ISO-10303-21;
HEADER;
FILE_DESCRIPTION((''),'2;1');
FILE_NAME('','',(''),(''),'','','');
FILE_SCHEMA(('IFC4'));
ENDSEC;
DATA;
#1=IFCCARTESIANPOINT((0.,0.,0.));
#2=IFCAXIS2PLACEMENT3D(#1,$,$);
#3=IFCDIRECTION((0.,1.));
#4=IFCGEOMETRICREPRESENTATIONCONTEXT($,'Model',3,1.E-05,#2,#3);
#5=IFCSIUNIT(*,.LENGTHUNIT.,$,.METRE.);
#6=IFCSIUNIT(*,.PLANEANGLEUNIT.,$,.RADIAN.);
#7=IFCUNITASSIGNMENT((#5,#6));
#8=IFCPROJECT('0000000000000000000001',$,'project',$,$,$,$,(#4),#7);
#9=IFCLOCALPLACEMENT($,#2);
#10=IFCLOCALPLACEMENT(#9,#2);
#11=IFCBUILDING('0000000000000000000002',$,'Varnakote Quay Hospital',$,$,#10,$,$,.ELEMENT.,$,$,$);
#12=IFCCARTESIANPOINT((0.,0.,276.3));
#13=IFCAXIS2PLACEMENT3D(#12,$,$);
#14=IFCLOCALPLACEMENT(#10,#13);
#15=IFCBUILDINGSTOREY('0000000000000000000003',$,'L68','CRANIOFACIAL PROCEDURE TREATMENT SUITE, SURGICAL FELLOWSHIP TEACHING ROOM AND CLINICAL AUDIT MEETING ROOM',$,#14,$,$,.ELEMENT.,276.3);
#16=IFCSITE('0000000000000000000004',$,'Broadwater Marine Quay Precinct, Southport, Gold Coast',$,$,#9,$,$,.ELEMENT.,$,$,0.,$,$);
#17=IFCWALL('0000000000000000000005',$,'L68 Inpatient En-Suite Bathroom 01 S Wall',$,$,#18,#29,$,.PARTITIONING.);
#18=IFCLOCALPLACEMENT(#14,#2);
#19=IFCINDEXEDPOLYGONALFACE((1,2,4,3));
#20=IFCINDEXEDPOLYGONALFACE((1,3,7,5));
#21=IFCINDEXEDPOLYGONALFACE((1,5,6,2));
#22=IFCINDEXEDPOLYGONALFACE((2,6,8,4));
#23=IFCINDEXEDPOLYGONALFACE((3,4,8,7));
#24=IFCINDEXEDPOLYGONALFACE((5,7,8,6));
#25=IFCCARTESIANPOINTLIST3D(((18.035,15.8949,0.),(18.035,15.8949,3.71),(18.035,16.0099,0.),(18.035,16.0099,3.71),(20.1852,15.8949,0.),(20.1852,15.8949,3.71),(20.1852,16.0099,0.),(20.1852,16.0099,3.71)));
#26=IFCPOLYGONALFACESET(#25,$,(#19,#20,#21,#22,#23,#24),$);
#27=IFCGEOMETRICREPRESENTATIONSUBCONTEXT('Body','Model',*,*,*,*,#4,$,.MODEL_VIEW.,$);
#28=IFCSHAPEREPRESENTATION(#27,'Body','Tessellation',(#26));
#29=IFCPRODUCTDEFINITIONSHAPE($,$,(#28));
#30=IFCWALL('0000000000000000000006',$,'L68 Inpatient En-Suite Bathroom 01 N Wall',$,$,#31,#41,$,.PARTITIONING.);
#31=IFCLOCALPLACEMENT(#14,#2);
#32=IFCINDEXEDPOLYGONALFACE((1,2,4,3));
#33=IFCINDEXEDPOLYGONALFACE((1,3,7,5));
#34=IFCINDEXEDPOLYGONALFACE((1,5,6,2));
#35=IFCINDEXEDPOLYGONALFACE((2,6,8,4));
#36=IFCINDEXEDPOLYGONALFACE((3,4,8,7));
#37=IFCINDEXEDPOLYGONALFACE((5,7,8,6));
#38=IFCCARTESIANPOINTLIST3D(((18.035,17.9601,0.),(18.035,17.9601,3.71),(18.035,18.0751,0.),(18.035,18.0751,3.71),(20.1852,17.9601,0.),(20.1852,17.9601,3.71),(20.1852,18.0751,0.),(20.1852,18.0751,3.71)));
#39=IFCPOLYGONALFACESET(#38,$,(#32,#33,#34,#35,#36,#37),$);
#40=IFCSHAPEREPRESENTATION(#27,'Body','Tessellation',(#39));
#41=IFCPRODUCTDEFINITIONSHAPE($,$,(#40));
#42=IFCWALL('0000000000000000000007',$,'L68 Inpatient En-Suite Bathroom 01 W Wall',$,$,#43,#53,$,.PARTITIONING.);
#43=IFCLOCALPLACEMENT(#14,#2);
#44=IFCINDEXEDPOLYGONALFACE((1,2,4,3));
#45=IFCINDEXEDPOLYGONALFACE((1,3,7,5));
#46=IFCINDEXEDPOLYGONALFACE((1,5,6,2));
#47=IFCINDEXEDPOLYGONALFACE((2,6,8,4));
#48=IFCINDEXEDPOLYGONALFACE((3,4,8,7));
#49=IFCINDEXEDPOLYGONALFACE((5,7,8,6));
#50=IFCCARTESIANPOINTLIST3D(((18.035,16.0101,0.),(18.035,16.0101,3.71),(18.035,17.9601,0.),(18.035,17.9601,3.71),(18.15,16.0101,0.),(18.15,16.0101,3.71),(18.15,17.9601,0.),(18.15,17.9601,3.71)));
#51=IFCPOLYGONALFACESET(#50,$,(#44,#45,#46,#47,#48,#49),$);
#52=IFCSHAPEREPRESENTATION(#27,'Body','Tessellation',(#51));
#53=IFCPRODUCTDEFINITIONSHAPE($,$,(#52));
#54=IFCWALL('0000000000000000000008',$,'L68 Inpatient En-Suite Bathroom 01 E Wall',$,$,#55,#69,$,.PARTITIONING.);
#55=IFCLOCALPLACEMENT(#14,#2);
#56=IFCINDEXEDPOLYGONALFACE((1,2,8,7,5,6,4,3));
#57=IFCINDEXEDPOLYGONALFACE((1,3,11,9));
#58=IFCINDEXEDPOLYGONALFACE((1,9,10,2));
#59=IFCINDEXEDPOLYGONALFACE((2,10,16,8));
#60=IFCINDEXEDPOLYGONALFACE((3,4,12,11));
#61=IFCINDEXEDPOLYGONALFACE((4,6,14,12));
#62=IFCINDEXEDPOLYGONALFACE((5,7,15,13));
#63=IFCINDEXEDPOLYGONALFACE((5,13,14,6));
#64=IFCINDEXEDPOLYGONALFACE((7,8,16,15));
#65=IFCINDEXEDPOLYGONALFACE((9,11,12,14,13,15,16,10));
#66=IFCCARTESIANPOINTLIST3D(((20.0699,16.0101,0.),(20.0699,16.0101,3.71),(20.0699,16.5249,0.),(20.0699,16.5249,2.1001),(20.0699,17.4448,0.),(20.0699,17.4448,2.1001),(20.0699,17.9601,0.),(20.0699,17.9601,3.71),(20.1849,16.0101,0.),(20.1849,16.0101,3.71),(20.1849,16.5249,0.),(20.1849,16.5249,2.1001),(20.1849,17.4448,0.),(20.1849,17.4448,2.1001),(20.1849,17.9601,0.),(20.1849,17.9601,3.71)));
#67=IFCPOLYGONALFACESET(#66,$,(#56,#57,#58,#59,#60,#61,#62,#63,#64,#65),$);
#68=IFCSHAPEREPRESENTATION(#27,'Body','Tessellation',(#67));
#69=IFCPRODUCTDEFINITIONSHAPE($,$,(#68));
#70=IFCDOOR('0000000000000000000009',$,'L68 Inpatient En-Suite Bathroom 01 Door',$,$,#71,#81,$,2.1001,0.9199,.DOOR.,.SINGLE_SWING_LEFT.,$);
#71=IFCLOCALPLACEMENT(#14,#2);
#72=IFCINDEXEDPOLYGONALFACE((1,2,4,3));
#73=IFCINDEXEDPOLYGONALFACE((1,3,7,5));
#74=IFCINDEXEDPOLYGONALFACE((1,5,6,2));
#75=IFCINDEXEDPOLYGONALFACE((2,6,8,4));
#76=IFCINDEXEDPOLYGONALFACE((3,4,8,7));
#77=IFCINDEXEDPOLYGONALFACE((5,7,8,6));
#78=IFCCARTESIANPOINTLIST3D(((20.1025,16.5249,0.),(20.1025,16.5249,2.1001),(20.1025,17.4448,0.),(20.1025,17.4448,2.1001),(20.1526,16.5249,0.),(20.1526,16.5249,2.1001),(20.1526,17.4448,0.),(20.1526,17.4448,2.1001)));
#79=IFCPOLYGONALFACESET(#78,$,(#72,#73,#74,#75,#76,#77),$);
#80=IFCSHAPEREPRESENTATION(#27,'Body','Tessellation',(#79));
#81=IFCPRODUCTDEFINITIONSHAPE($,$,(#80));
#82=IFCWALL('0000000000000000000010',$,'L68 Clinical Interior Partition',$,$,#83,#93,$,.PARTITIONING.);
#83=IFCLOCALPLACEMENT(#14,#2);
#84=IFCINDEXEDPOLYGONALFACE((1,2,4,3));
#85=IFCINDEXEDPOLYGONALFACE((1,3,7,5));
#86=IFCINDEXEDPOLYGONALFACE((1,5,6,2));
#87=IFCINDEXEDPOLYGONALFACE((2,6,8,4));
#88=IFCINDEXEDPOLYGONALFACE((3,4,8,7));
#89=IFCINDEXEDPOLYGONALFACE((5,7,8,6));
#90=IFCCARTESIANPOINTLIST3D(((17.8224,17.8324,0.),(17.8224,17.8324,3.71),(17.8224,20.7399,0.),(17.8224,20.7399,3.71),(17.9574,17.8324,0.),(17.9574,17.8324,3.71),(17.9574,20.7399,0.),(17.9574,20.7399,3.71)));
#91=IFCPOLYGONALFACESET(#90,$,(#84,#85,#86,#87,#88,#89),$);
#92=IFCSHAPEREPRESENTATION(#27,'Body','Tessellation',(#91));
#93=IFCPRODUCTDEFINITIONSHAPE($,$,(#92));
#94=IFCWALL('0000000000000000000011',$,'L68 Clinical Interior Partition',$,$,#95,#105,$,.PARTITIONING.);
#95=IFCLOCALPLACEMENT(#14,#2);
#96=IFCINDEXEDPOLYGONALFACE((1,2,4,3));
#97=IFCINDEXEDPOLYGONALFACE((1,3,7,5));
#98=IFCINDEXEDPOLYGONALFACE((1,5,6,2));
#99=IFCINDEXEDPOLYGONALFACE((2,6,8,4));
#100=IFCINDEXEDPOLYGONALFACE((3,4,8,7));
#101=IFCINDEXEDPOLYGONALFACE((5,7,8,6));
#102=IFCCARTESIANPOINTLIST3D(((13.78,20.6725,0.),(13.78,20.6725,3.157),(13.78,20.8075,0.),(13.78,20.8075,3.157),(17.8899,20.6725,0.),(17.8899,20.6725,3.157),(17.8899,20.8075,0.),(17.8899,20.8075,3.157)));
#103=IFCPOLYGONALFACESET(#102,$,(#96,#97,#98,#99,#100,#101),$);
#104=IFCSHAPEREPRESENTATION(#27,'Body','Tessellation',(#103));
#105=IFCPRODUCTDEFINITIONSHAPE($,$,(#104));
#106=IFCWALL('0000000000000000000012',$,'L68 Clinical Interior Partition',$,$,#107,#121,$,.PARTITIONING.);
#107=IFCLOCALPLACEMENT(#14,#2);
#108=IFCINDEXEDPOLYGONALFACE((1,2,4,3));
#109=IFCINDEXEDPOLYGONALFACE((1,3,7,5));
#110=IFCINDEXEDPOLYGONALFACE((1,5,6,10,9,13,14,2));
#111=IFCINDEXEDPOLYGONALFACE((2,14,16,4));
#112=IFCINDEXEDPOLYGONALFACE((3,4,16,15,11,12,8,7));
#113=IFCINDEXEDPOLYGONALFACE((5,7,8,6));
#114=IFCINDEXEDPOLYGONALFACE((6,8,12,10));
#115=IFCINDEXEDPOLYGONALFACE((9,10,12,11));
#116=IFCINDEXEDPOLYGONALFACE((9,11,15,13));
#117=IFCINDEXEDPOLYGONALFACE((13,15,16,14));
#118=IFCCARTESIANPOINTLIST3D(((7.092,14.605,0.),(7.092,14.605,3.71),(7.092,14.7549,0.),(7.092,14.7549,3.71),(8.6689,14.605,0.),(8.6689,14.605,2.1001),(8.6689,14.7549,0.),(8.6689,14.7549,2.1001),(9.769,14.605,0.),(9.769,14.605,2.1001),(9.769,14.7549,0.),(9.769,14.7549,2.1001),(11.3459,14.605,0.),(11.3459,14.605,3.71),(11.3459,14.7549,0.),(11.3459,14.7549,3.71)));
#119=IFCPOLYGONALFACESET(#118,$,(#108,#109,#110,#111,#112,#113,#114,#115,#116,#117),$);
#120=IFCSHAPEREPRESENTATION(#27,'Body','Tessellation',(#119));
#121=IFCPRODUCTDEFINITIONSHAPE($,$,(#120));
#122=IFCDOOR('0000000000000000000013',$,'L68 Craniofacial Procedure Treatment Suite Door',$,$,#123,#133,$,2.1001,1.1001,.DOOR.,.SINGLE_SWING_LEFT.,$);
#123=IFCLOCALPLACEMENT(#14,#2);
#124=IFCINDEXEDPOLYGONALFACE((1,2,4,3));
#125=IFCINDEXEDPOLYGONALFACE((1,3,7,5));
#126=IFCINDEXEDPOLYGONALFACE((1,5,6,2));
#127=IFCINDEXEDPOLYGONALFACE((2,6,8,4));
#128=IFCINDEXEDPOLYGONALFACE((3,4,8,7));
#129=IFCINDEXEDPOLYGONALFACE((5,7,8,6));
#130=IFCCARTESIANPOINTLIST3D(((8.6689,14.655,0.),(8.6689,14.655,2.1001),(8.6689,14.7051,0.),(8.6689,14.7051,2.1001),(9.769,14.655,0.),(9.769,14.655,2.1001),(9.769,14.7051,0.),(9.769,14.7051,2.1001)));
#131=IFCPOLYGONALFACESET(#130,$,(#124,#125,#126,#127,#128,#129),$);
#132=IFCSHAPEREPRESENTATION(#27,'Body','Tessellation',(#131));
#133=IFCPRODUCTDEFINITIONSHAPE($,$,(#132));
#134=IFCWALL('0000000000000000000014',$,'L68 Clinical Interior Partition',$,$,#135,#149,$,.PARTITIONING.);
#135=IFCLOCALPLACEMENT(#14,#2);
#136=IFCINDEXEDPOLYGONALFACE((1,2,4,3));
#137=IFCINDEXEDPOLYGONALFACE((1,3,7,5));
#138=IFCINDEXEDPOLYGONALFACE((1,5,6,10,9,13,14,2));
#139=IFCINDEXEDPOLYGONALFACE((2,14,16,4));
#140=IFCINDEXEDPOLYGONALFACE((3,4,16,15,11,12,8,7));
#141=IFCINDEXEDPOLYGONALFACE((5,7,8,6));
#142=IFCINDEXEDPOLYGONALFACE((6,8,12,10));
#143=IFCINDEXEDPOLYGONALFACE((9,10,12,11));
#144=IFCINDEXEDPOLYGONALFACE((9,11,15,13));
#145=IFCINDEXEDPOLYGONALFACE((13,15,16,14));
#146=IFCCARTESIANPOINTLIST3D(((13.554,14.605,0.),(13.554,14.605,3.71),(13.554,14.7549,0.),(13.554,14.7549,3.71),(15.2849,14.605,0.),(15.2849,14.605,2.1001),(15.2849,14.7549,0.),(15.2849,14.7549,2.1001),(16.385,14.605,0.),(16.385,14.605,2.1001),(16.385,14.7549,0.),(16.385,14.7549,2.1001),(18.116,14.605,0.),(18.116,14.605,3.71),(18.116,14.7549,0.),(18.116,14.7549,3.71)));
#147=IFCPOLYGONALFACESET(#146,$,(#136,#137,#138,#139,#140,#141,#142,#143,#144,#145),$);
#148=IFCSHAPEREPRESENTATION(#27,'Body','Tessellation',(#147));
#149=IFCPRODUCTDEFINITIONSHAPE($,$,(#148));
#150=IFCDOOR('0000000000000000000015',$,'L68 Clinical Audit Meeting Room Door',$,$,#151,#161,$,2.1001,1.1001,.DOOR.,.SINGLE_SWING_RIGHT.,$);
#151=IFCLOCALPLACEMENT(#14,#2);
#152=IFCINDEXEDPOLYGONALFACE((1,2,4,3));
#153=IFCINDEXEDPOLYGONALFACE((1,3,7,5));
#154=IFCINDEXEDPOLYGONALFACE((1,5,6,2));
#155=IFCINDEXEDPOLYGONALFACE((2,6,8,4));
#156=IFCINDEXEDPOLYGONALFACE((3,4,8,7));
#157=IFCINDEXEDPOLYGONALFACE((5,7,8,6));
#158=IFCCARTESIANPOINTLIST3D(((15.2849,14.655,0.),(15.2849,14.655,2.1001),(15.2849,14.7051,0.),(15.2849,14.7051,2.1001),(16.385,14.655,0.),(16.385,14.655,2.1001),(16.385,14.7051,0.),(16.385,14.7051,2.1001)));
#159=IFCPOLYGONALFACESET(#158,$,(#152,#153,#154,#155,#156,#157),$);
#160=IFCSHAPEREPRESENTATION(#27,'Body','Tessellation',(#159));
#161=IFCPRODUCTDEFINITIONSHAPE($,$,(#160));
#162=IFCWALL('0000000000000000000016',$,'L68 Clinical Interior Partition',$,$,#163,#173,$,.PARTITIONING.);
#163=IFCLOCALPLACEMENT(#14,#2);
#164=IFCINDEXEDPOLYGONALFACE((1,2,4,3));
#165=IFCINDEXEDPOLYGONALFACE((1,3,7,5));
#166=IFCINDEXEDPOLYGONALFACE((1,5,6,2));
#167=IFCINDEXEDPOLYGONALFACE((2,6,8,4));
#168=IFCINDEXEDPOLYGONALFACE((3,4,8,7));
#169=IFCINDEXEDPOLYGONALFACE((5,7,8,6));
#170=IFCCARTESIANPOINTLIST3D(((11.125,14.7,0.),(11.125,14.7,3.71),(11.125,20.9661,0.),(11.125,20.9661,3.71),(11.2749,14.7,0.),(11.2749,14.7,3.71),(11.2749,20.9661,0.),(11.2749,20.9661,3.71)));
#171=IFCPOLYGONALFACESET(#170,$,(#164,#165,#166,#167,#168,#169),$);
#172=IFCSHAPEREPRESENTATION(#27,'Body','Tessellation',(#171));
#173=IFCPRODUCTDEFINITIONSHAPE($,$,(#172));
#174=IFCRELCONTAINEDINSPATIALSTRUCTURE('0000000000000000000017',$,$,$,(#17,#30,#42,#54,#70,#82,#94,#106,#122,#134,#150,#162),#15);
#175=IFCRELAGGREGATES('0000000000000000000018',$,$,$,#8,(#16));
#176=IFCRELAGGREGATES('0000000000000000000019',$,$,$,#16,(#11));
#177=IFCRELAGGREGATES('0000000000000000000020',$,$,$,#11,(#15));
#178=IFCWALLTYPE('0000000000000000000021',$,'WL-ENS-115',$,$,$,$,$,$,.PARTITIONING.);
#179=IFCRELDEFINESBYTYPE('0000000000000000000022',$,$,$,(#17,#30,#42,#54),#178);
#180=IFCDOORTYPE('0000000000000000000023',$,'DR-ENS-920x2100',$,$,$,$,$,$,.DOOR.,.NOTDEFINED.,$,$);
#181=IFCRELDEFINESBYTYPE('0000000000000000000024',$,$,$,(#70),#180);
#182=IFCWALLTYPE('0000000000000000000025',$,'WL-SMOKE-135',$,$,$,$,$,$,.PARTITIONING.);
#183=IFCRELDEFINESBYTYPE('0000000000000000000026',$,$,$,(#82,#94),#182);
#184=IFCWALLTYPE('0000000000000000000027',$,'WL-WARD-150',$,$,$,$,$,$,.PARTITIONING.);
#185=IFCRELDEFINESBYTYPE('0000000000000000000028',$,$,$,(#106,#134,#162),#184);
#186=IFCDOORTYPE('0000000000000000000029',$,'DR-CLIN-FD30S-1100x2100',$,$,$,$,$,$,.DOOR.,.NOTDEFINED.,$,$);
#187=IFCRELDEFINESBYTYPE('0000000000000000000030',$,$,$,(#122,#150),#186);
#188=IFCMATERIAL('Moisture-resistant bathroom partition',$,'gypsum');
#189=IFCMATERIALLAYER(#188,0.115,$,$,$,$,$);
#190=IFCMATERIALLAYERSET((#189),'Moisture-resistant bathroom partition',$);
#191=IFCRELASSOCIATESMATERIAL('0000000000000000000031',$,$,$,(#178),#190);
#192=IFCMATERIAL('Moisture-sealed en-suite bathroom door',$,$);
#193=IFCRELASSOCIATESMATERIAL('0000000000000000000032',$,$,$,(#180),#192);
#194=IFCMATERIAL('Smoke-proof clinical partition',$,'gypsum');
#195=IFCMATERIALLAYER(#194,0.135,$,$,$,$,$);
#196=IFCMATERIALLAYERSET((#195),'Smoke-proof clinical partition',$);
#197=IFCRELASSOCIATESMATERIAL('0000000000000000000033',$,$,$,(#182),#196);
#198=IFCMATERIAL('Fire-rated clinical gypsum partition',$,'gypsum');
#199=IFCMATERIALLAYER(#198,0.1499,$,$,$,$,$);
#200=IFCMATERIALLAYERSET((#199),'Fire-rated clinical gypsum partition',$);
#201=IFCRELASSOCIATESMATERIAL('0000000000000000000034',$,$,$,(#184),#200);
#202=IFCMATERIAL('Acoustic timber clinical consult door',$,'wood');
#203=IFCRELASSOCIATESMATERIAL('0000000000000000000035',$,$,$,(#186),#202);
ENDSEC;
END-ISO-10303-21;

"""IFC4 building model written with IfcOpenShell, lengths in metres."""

from ifc_helpers import new_model, si_unit, direction, frame, frame_2d, origin, place, context, subcontext, project, spatial, rectangle, extrude, material, layer, layer_set, type_object, element, fill, save


model = new_model("IFC4")

# Units and contexts
model_context = context("Model", 3, precision=1e-05, world=origin(), true_north=direction((0.0, 1.0)))
body_context = subcontext(model_context, "Body", "Model", "MODEL_VIEW")
ifc_project = project(units=[si_unit("LENGTHUNIT", "METRE"), si_unit("PLANEANGLEUNIT", "RADIAN")], contexts=[model_context])

# Site, building, storey
site_placement = place(None, origin())
site = spatial("IfcSite", under=ifc_project, at=site_placement, Name="Broadwater Marine Quay Precinct, Southport, Gold Coast", CompositionType="ELEMENT", RefElevation=0.0)
building_placement = place(site_placement, origin())
building = spatial("IfcBuilding", under=site, at=building_placement, Name="Varnakote Quay Hospital", CompositionType="ELEMENT")
storey_placement = place(building_placement, frame((0.0, 0.0, 276.3)))
storey = spatial("IfcBuildingStorey", under=building, at=storey_placement, Name="L68", Description="CRANIOFACIAL PROCEDURE TREATMENT SUITE, SURGICAL FELLOWSHIP TEACHING ROOM AND CLINICAL AUDIT MEETING ROOM", CompositionType="ELEMENT", Elevation=276.3)

# Walls
ifc_material_1 = material(Name="Moisture-resistant bathroom partition", Category="gypsum")
ifc_layer_1 = layer(ifc_material_1, 0.115)
ifc_layer_set_1 = layer_set([ifc_layer_1], Name="Moisture-resistant bathroom partition")
wall_type_1 = type_object("IfcWallType", Name="WL-ENS-115", PredefinedType="PARTITIONING", material=ifc_layer_set_1)
for number, where, z_axis, x_axis, name in (
    (1, (18.0349, 15.9524, 0.0), (0.0, 0.0, 1.0), (1.0, 0.0, 0.0), "L68 Inpatient En-Suite Bathroom 01 S Wall"),
    (2, (18.0349, 18.0176, 0.0), (0.0, 0.0, 1.0), (1.0, 0.0, 0.0), "L68 Inpatient En-Suite Bathroom 01 N Wall"),
):
    element("IfcWall", number, at=place(storey_placement, frame(where, z_axis=z_axis, x_axis=x_axis)), inside=storey, type_object=wall_type_1, Name=name, PredefinedType="PARTITIONING", context=body_context, shape_type="SweptSolid", body=[
        extrude(rectangle(XDim=2.1501, YDim=0.115, at=frame_2d((1.0752, 0.0))), origin(), (0.0, 0.0, 1.0), 3.71),
    ])
wall_1_placement = place(storey_placement, frame((18.0925, 16.01, 0.0), z_axis=(0.0, 0.0, 1.0), x_axis=(0.0, 1.0, 0.0)))
element("IfcWall", 3, at=wall_1_placement, inside=storey, type_object=wall_type_1, Name="L68 Inpatient En-Suite Bathroom 01 W Wall", PredefinedType="PARTITIONING", context=body_context, shape_type="SweptSolid", body=[
    extrude(rectangle(XDim=1.95, YDim=0.115, at=frame_2d((0.9751, 0.0))), origin(), (0.0, 0.0, 1.0), 3.71),
])

# Wall, opening, door
wall_2_placement = place(storey_placement, frame((20.1274, 16.01, 0.0), z_axis=(0.0, 0.0, 1.0), x_axis=(0.0, 1.0, 0.0)))
wall_2 = element("IfcWall", 4, at=wall_2_placement, inside=storey, type_object=wall_type_1, Name="L68 Inpatient En-Suite Bathroom 01 E Wall", PredefinedType="PARTITIONING", context=body_context, shape_type="SweptSolid", body=[
    extrude(rectangle(XDim=1.95, YDim=0.115, at=frame_2d((0.9751, 0.0))), origin(), (0.0, 0.0, 1.0), 3.71),
])
opening_1_placement = place(wall_2_placement, frame((0.5149, 0.0, 0.0)))
opening_1 = element("IfcOpeningElement", 5, at=opening_1_placement, cuts=wall_2, PredefinedType="OPENING", context=body_context, shape_type="SweptSolid", body=[
    extrude(rectangle(XDim=0.9199, YDim=2.1001, at=frame_2d((0.46, 1.05))), frame((0.0, 0.0674, 0.0), z_axis=(0.0, -1.0, 0.0), x_axis=(1.0, 0.0, 0.0)), (0.0, 0.0, 1.0), 0.135),
])
ifc_material_2 = material(Name="Moisture-sealed en-suite bathroom door")
door_type_1 = type_object("IfcDoorType", Name="DR-ENS-920x2100", OperationType="NOTDEFINED", PredefinedType="DOOR", material=ifc_material_2)
door_1_placement = place(opening_1_placement, origin())
door_1 = element("IfcDoor", 6, at=door_1_placement, inside=storey, type_object=door_type_1, Name="L68 Inpatient En-Suite Bathroom 01 Door", OperationType="SINGLE_SWING_LEFT", OverallHeight=2.1001, OverallWidth=0.9199, PredefinedType="DOOR", context=body_context, shape_type="SweptSolid", body=[
    extrude(rectangle(XDim=0.9199, YDim=2.1001, at=frame_2d((0.46, 1.05))), frame((0.0, 0.0249, 0.0), z_axis=(0.0, -1.0, 0.0), x_axis=(1.0, 0.0, 0.0)), (0.0, 0.0, 1.0), 0.05),
])
fill(opening_1, door_1)

# Walls
ifc_material_3 = material(Name="Smoke-proof clinical partition", Category="gypsum")
ifc_layer_2 = layer(ifc_material_3, 0.135)
ifc_layer_set_2 = layer_set([ifc_layer_2], Name="Smoke-proof clinical partition")
wall_type_2 = type_object("IfcWallType", Name="WL-SMOKE-135", PredefinedType="PARTITIONING", material=ifc_layer_set_2)
wall_3_placement = place(storey_placement, frame((17.8899, 17.8325, 0.0), z_axis=(0.0, 0.0, 1.0), x_axis=(0.0, 1.0, 0.0)))
element("IfcWall", 7, at=wall_3_placement, inside=storey, type_object=wall_type_2, Name="L68 Clinical Interior Partition", PredefinedType="PARTITIONING", context=body_context, shape_type="SweptSolid", body=[
    extrude(rectangle(XDim=2.9075, YDim=0.135, at=frame_2d((1.4536, 0.0))), origin(), (0.0, 0.0, 1.0), 3.71),
])
wall_4_placement = place(storey_placement, frame((17.8899, 20.74, 0.0), z_axis=(0.0, 0.0, 1.0), x_axis=(-1.0, 0.0, 0.0)))
element("IfcWall", 8, at=wall_4_placement, inside=storey, type_object=wall_type_2, Name="L68 Clinical Interior Partition", PredefinedType="PARTITIONING", context=body_context, shape_type="SweptSolid", body=[
    extrude(rectangle(XDim=4.1099, YDim=0.135, at=frame_2d((2.0549, 0.0))), origin(), (0.0, 0.0, 1.0), 3.157),
])

# Walls, openings, doors
ifc_material_4 = material(Name="Fire-rated clinical gypsum partition", Category="gypsum")
ifc_layer_3 = layer(ifc_material_4, 0.1499)
ifc_layer_set_3 = layer_set([ifc_layer_3], Name="Fire-rated clinical gypsum partition")
wall_type_3 = type_object("IfcWallType", Name="WL-WARD-150", PredefinedType="PARTITIONING", material=ifc_layer_set_3)
wall_5_placement = place(storey_placement, frame((11.3459, 14.6799, 0.0), z_axis=(0.0, 0.0, 1.0), x_axis=(-1.0, 0.0, 0.0)))
wall_5 = element("IfcWall", 9, at=wall_5_placement, inside=storey, type_object=wall_type_3, Name="L68 Clinical Interior Partition", PredefinedType="PARTITIONING", context=body_context, shape_type="SweptSolid", body=[
    extrude(rectangle(XDim=4.2539, YDim=0.1499, at=frame_2d((2.127, 0.0))), origin(), (0.0, 0.0, 1.0), 3.71),
])
opening_2_placement = place(wall_5_placement, frame((1.5769, 0.0, 0.0)))
opening_2 = element("IfcOpeningElement", 10, at=opening_2_placement, cuts=wall_5, PredefinedType="OPENING", context=body_context, shape_type="SweptSolid", body=[
    extrude(rectangle(XDim=1.1001, YDim=2.1001, at=frame_2d((0.55, 1.05))), frame((0.0, 0.085, 0.0), z_axis=(0.0, -1.0, 0.0), x_axis=(1.0, 0.0, 0.0)), (0.0, 0.0, 1.0), 0.1699),
])
ifc_material_5 = material(Name="Acoustic timber clinical consult door", Category="wood")
door_type_2 = type_object("IfcDoorType", Name="DR-CLIN-FD30S-1100x2100", OperationType="NOTDEFINED", PredefinedType="DOOR", material=ifc_material_5)
door_2_placement = place(opening_2_placement, origin())
door_2 = element("IfcDoor", 11, at=door_2_placement, inside=storey, type_object=door_type_2, Name="L68 Craniofacial Procedure Treatment Suite Door", OperationType="SINGLE_SWING_LEFT", OverallHeight=2.1001, OverallWidth=1.1001, PredefinedType="DOOR", context=body_context, shape_type="SweptSolid", body=[
    extrude(rectangle(XDim=1.1001, YDim=2.1001, at=frame_2d((0.55, 1.05))), frame((0.0, 0.0249, 0.0), z_axis=(0.0, -1.0, 0.0), x_axis=(1.0, 0.0, 0.0)), (0.0, 0.0, 1.0), 0.05),
])
fill(opening_2, door_2)
wall_6_placement = place(storey_placement, frame((18.116, 14.6799, 0.0), z_axis=(0.0, 0.0, 1.0), x_axis=(-1.0, 0.0, 0.0)))
wall_6 = element("IfcWall", 12, at=wall_6_placement, inside=storey, type_object=wall_type_3, Name="L68 Clinical Interior Partition", PredefinedType="PARTITIONING", context=body_context, shape_type="SweptSolid", body=[
    extrude(rectangle(XDim=4.562, YDim=0.1499, at=frame_2d((2.281, 0.0))), origin(), (0.0, 0.0, 1.0), 3.71),
])
opening_3_placement = place(wall_6_placement, frame((1.731, 0.0, 0.0)))
opening_3 = element("IfcOpeningElement", 13, at=opening_3_placement, cuts=wall_6, PredefinedType="OPENING", context=body_context, shape_type="SweptSolid", body=[
    extrude(rectangle(XDim=1.1001, YDim=2.1001, at=frame_2d((0.55, 1.05))), frame((0.0, 0.085, 0.0), z_axis=(0.0, -1.0, 0.0), x_axis=(1.0, 0.0, 0.0)), (0.0, 0.0, 1.0), 0.1699),
])
door_3_placement = place(opening_3_placement, origin())
door_3 = element("IfcDoor", 14, at=door_3_placement, inside=storey, type_object=door_type_2, Name="L68 Clinical Audit Meeting Room Door", OperationType="SINGLE_SWING_RIGHT", OverallHeight=2.1001, OverallWidth=1.1001, PredefinedType="DOOR", context=body_context, shape_type="SweptSolid", body=[
    extrude(rectangle(XDim=1.1001, YDim=2.1001, at=frame_2d((0.55, 1.05))), frame((0.0, 0.0249, 0.0), z_axis=(0.0, -1.0, 0.0), x_axis=(1.0, 0.0, 0.0)), (0.0, 0.0, 1.0), 0.05),
])
fill(opening_3, door_3)

# Wall
for number, where, z_axis, x_axis, name in (
    (15, (11.2, 20.9661, 0.0), (0.0, 0.0, 1.0), (0.0, -1.0, 0.0), "L68 Clinical Interior Partition"),
):
    element("IfcWall", number, at=place(storey_placement, frame(where, z_axis=z_axis, x_axis=x_axis)), inside=storey, type_object=wall_type_3, Name=name, PredefinedType="PARTITIONING", context=body_context, shape_type="SweptSolid", body=[
        extrude(rectangle(XDim=6.2661, YDim=0.1499, at=frame_2d((3.1331, 0.0))), origin(), (0.0, 0.0, 1.0), 3.71),
    ])

save(model, "model.ifc")
